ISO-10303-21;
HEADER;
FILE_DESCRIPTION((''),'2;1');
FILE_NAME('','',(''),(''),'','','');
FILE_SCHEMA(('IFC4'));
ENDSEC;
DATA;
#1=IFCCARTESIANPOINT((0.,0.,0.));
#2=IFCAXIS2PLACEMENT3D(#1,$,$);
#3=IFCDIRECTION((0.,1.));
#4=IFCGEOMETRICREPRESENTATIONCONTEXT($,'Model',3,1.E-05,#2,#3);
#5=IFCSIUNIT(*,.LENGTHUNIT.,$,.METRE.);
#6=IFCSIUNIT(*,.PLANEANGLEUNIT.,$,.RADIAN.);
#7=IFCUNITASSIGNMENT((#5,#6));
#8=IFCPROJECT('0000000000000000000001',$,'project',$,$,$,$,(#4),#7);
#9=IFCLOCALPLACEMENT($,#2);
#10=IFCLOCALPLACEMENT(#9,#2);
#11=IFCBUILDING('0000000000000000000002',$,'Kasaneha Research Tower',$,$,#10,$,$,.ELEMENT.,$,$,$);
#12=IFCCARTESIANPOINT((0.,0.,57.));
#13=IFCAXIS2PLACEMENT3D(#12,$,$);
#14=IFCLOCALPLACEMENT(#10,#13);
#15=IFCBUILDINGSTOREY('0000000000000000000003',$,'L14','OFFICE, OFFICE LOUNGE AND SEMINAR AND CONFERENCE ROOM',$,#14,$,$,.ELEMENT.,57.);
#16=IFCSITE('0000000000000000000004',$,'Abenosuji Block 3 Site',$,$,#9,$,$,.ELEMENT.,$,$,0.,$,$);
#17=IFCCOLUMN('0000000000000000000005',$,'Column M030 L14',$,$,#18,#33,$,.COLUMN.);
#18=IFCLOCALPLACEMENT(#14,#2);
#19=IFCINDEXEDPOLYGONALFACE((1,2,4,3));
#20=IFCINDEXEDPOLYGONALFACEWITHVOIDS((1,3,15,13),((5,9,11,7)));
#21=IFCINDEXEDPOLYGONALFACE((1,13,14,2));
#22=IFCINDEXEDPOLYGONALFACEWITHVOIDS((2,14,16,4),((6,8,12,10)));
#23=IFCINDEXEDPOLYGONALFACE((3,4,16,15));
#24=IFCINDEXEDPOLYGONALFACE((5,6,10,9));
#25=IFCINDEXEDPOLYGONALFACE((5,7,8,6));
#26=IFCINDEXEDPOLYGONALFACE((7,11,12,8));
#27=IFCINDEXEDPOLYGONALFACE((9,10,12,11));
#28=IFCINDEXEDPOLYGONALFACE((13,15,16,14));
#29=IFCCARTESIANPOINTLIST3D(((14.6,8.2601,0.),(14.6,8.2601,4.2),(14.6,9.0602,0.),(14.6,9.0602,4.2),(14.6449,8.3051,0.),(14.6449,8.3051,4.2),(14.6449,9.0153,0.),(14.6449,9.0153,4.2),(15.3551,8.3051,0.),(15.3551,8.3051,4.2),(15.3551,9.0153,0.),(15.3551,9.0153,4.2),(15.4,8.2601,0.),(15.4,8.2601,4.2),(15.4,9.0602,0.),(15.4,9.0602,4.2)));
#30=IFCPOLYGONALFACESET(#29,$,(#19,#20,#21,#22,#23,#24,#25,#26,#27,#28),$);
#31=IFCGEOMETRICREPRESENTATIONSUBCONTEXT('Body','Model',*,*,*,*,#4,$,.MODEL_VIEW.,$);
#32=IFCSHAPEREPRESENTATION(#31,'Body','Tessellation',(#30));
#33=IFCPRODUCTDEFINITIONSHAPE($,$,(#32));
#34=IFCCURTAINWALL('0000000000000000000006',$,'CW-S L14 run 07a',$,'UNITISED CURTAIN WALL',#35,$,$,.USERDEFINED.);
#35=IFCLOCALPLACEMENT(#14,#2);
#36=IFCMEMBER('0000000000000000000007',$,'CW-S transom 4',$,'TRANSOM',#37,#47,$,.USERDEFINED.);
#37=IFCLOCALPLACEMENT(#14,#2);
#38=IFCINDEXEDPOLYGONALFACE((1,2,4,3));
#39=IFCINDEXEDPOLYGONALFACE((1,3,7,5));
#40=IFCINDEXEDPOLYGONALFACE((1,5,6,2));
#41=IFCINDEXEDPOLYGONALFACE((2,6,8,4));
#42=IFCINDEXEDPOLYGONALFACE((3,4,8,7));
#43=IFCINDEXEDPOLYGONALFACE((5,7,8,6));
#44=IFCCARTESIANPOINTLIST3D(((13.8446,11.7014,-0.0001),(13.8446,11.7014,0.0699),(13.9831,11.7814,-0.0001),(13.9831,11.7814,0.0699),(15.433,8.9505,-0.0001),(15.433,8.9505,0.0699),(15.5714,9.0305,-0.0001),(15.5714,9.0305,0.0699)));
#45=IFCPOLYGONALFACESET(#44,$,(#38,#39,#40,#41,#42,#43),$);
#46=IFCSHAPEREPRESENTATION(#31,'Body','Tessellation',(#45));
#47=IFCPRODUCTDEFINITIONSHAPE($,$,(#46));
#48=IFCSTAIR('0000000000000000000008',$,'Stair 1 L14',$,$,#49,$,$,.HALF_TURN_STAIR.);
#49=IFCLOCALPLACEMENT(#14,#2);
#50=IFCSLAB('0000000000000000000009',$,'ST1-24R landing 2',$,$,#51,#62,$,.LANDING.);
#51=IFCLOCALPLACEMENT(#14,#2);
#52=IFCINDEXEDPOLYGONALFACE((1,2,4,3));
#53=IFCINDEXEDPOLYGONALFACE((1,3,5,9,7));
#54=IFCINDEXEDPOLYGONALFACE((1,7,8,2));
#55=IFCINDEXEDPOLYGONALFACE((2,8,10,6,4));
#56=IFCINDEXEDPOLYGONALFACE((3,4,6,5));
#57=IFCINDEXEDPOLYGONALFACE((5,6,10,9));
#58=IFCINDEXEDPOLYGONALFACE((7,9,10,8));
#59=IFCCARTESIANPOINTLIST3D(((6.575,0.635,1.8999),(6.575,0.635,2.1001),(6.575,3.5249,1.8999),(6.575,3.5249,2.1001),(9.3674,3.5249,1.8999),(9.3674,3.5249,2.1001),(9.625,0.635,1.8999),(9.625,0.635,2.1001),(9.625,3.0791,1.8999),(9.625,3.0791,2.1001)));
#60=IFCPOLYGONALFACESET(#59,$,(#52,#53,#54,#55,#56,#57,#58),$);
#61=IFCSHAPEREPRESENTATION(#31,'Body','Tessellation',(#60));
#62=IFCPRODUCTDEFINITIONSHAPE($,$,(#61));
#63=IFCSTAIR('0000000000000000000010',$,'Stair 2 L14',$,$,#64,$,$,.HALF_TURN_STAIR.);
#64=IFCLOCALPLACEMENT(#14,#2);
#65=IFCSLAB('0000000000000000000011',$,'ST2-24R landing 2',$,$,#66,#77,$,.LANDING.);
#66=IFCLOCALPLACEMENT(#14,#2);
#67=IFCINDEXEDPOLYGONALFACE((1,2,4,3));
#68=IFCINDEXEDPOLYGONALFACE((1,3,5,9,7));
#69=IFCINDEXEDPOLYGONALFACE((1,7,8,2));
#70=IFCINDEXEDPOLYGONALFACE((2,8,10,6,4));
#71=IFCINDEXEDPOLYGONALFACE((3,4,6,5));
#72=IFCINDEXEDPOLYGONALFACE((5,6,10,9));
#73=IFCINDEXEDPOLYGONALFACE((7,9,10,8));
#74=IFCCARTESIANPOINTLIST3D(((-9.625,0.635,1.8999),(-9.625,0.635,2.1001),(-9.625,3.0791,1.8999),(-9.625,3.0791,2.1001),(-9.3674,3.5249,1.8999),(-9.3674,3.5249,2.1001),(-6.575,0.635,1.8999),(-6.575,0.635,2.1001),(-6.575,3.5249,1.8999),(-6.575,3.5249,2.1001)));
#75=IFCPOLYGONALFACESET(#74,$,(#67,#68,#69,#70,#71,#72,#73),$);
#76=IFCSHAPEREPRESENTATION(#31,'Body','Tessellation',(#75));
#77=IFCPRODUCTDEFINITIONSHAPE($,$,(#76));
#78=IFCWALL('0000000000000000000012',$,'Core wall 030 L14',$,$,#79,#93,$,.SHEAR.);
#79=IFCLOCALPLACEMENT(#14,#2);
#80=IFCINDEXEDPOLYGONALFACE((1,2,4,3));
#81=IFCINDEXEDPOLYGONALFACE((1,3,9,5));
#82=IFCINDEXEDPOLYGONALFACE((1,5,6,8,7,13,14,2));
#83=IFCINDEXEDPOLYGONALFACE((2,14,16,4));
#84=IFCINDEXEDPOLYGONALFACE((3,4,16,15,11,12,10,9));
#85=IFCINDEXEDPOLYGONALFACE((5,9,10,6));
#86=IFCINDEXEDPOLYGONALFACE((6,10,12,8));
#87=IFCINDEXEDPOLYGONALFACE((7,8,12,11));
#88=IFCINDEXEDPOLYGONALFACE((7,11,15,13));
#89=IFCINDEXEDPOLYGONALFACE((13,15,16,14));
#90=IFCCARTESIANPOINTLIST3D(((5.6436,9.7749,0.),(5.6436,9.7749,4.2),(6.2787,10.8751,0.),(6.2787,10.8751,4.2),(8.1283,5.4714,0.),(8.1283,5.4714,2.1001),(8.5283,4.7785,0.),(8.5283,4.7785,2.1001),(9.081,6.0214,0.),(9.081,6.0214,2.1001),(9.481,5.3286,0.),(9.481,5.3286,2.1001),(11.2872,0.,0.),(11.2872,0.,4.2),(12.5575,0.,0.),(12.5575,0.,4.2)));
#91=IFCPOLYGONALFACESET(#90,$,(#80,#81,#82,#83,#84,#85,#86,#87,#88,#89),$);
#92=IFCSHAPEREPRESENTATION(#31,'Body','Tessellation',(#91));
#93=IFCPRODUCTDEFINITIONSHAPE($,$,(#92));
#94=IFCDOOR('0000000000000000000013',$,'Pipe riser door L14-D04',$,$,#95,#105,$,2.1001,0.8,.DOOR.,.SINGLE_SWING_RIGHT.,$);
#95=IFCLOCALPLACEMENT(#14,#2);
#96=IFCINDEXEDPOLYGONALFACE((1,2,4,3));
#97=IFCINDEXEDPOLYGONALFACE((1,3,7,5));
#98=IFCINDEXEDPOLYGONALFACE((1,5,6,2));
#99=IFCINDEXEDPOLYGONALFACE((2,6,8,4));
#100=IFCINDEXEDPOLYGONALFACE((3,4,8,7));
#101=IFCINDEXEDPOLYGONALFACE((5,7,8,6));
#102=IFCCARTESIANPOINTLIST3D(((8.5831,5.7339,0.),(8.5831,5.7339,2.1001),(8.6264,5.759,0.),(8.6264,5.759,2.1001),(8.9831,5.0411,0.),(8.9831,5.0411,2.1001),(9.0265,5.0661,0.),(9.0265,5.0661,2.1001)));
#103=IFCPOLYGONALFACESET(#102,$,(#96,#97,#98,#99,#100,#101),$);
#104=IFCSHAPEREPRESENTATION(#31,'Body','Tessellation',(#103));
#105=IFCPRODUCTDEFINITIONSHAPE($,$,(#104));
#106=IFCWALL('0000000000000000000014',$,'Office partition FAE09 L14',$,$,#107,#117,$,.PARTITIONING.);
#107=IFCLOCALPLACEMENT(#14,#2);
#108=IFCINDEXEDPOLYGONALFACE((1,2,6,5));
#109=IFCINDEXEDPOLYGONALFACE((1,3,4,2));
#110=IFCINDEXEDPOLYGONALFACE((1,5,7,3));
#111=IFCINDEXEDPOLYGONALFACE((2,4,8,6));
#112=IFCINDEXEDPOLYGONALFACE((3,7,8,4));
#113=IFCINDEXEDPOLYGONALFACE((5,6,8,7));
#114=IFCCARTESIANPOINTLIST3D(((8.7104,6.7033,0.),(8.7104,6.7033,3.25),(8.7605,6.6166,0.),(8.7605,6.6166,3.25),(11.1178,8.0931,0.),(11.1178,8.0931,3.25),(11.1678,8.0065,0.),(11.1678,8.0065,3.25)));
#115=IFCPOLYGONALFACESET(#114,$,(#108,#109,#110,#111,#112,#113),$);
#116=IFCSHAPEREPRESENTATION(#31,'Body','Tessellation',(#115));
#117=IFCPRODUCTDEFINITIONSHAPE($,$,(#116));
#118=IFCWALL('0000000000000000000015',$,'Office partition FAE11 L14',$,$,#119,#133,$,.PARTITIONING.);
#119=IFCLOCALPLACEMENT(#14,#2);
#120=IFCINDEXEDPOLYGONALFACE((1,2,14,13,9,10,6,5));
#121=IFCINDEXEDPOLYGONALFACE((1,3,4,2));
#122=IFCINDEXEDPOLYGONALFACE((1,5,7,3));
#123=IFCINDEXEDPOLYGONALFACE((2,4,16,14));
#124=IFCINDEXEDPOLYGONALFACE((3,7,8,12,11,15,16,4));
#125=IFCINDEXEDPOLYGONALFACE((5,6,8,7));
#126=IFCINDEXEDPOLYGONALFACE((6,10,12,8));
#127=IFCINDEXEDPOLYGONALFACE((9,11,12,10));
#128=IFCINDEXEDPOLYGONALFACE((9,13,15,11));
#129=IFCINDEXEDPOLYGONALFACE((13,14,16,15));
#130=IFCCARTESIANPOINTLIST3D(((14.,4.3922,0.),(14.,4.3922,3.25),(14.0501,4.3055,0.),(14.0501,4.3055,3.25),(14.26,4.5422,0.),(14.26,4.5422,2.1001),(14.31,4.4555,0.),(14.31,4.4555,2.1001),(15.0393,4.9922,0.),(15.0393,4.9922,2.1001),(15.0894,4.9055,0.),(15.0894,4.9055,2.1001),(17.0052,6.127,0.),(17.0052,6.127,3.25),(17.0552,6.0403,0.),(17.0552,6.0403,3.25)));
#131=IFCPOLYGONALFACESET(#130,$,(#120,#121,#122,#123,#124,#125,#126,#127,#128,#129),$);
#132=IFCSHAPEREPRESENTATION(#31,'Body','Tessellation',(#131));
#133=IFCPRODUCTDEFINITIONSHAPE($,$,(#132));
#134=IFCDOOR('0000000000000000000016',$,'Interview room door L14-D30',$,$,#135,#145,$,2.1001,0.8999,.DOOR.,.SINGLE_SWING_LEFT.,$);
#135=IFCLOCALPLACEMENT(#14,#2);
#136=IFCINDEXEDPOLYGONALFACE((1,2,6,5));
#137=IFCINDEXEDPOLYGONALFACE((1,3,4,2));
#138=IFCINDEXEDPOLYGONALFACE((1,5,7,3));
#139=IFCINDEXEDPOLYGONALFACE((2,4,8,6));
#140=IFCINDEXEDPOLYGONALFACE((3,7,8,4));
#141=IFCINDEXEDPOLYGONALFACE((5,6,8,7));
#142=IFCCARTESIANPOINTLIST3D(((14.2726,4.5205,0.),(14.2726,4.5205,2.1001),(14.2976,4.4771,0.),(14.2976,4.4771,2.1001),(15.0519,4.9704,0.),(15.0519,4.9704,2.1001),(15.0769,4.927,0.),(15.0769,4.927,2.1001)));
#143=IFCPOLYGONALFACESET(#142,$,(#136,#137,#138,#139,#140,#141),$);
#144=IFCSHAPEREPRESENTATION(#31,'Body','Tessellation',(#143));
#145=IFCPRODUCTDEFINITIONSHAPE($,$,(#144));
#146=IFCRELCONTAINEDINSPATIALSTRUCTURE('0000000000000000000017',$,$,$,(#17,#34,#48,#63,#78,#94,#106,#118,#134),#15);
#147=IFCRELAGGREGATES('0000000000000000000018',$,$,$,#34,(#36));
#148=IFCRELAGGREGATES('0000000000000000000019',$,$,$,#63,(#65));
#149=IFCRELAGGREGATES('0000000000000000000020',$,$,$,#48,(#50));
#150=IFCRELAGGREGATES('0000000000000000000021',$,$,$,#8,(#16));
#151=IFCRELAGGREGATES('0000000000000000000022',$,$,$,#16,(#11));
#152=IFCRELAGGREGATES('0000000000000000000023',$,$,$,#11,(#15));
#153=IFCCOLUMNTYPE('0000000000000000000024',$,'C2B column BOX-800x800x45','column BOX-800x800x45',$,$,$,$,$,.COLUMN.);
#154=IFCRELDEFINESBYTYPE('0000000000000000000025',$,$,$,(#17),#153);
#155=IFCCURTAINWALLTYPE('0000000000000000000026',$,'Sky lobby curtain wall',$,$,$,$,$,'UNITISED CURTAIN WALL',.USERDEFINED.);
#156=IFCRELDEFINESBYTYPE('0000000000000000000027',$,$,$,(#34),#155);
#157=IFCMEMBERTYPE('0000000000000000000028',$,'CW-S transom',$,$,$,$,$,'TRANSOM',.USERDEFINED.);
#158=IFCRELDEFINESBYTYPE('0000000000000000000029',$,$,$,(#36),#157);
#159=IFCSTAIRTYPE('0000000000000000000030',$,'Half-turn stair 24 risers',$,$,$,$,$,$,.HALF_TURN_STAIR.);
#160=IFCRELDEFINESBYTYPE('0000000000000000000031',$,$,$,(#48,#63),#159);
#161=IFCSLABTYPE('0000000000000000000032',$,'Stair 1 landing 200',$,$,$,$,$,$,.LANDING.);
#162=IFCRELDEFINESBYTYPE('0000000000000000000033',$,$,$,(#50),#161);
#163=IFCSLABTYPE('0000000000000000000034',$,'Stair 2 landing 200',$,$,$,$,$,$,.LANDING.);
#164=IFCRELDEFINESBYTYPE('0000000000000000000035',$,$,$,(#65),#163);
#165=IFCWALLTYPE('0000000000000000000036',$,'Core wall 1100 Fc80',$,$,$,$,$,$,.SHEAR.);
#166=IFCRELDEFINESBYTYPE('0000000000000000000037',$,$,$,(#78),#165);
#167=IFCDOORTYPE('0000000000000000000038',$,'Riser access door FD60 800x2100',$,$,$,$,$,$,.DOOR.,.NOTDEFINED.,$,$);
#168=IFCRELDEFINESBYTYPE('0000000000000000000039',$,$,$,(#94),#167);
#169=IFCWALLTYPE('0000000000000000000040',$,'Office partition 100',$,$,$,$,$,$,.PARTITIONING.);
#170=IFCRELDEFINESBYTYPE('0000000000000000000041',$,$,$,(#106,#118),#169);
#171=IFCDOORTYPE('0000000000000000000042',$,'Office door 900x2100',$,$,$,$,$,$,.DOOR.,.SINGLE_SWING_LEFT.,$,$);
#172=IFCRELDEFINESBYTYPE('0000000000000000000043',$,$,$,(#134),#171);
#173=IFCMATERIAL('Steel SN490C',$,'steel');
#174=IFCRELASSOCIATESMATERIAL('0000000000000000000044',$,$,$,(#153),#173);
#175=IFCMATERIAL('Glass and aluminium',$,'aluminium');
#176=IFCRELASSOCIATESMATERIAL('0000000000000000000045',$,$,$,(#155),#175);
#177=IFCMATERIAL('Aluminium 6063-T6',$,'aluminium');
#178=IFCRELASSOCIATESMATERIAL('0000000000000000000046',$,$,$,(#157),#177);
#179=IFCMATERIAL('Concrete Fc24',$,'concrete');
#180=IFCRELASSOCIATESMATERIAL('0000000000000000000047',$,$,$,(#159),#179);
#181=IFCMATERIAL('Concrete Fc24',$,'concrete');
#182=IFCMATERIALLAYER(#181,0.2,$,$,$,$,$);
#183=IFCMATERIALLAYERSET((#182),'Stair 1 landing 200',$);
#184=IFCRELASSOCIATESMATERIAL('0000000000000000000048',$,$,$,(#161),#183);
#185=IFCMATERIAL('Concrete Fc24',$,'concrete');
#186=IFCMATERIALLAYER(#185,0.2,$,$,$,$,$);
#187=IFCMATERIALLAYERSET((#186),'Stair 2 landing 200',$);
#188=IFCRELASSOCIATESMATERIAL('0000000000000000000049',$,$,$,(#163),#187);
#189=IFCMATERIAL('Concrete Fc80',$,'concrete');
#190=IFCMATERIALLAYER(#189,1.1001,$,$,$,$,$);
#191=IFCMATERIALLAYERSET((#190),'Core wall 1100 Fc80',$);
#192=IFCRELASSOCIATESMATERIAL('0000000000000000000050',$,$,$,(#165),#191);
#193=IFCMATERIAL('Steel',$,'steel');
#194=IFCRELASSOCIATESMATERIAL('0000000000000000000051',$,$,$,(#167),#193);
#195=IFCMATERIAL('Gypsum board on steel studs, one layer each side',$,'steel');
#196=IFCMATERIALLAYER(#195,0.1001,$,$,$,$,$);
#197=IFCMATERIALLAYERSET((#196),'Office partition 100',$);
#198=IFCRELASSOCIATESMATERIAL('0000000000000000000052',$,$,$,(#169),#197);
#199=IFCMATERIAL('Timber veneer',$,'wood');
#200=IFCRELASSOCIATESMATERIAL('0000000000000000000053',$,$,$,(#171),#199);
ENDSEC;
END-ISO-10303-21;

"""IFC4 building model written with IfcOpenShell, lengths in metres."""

from ifc_helpers import new_model, si_unit, direction, frame, frame_2d, origin, origin_2d, place, context, subcontext, project, spatial, polyline, rectangle, hollow_rectangle, outline, extrude, material, layer, layer_set, material_profile, profile_set, type_object, element, fill, aggregate, save


model = new_model("IFC4")

# Units and contexts
model_context = context("Model", 3, precision=1e-05, world=origin(), true_north=direction((0.0, 1.0)))
body_context = subcontext(model_context, "Body", "Model", "MODEL_VIEW")
ifc_project = project(units=[si_unit("LENGTHUNIT", "METRE"), si_unit("PLANEANGLEUNIT", "RADIAN")], contexts=[model_context])

# Site, building, storey
site_placement = place(None, origin())
site = spatial("IfcSite", under=ifc_project, at=site_placement, Name="Abenosuji Block 3 Site", CompositionType="ELEMENT", RefElevation=0.0)
building_placement = place(site_placement, origin())
building = spatial("IfcBuilding", under=site, at=building_placement, Name="Kasaneha Research Tower", CompositionType="ELEMENT")
storey_placement = place(building_placement, frame((0.0, 0.0, 57.0)))
storey = spatial("IfcBuildingStorey", under=building, at=storey_placement, Name="L14", Description="OFFICE, OFFICE LOUNGE AND SEMINAR AND CONFERENCE ROOM", CompositionType="ELEMENT", Elevation=57.0)

# Column
ifc_material_1 = material(Name="Steel SN490C", Category="steel")
ifc_material_profile_1 = material_profile(ifc_material_1, hollow_rectangle(XDim=0.8, YDim=0.8, WallThickness=0.0449, at=origin_2d()), Name="BOX-800x800x45")
ifc_profile_set_1 = profile_set([ifc_material_profile_1], Name="Steel SN490C")
column_type = type_object("IfcColumnType", Name="C2B column BOX-800x800x45", Description="column BOX-800x800x45", PredefinedType="COLUMN", material=ifc_profile_set_1)
column_placement = place(storey_placement, frame((15.0, 8.6602, 0.0), z_axis=(0.0, 0.0, 1.0), x_axis=(1.0, 0.0, 0.0)))
element("IfcColumn", 1, at=column_placement, inside=storey, type_object=column_type, Name="Column M030 L14", PredefinedType="COLUMN", context=body_context, shape_type="SweptSolid", body=[
    extrude(hollow_rectangle(XDim=0.8, YDim=0.8, WallThickness=0.0449, at=origin_2d()), origin(), (0.0, 0.0, 1.0), 4.2),
])

# Curtain wall, member
ifc_material_2 = material(Name="Glass and aluminium", Category="aluminium")
curtain_wall_type = type_object("IfcCurtainWallType", Name="Sky lobby curtain wall", ElementType="UNITISED CURTAIN WALL", PredefinedType="USERDEFINED", material=ifc_material_2)
curtain_wall_placement = place(storey_placement, origin())
curtain_wall = element("IfcCurtainWall", 2, at=curtain_wall_placement, inside=storey, type_object=curtain_wall_type, Name="CW-S L14 run 07a", ObjectType="UNITISED CURTAIN WALL", PredefinedType="USERDEFINED")
ifc_material_3 = material(Name="Aluminium 6063-T6", Category="aluminium")
ifc_material_profile_2 = material_profile(ifc_material_3, rectangle(XDim=0.1599, YDim=0.0701, at=origin_2d()), Name="CW-S transom 160x70")
ifc_profile_set_2 = profile_set([ifc_material_profile_2], Name="Aluminium 6063-T6")
member_type = type_object("IfcMemberType", Name="CW-S transom", ElementType="TRANSOM", PredefinedType="USERDEFINED", material=ifc_profile_set_2)
member_placement = place(storey_placement, frame((15.5022, 8.9905, 0.0349), z_axis=(-0.500024, 0.866012, 0.0), x_axis=(-0.866012, -0.500024, 0.0)))
member = element("IfcMember", 3, at=member_placement, type_object=member_type, Name="CW-S transom 4", ObjectType="TRANSOM", PredefinedType="USERDEFINED", context=body_context, shape_type="SweptSolid", body=[
    extrude(rectangle(XDim=0.1599, YDim=0.0701, at=origin_2d()), origin(), (0.0, 0.0, 1.0), 3.1765),
])
aggregate(curtain_wall, [member])

# Stairs, slabs
ifc_material_4 = material(Name="Concrete Fc24", Category="concrete")
stair_type = type_object("IfcStairType", Name="Half-turn stair 24 risers", PredefinedType="HALF_TURN_STAIR", material=ifc_material_4)
stair_1_placement = place(storey_placement, origin())
stair_1 = element("IfcStair", 4, at=stair_1_placement, inside=storey, type_object=stair_type, Name="Stair 1 L14", PredefinedType="HALF_TURN_STAIR")
ifc_material_5 = material(Name="Concrete Fc24", Category="concrete")
ifc_layer_1 = layer(ifc_material_5, 0.2)
ifc_layer_set_1 = layer_set([ifc_layer_1], Name="Stair 1 landing 200")
slab_type_1 = type_object("IfcSlabType", Name="Stair 1 landing 200", PredefinedType="LANDING", material=ifc_layer_set_1)
slab_1_placement = place(storey_placement, frame((0.0, 0.0, 1.8999)))
slab_1 = element("IfcSlab", 5, at=slab_1_placement, type_object=slab_type_1, Name="ST1-24R landing 2", PredefinedType="LANDING", context=body_context, shape_type="SweptSolid", body=[
    extrude(outline(polyline([(6.575, 3.5249), (9.3674, 3.5249), (9.625, 3.0791), (9.625, 0.635), (6.575, 0.635), (6.575, 3.5249)])), origin(), (0.0, 0.0, 1.0), 0.2002),
])
stair_2_placement = place(storey_placement, origin())
stair_2 = element("IfcStair", 6, at=stair_2_placement, inside=storey, type_object=stair_type, Name="Stair 2 L14", PredefinedType="HALF_TURN_STAIR")
ifc_material_6 = material(Name="Concrete Fc24", Category="concrete")
ifc_layer_2 = layer(ifc_material_6, 0.2)
ifc_layer_set_2 = layer_set([ifc_layer_2], Name="Stair 2 landing 200")
slab_type_2 = type_object("IfcSlabType", Name="Stair 2 landing 200", PredefinedType="LANDING", material=ifc_layer_set_2)
slab_2_placement = place(storey_placement, frame((0.0, 0.0, 1.8999)))
slab_2 = element("IfcSlab", 7, at=slab_2_placement, type_object=slab_type_2, Name="ST2-24R landing 2", PredefinedType="LANDING", context=body_context, shape_type="SweptSolid", body=[
    extrude(outline(polyline([(-6.575, 0.635), (-9.625, 0.635), (-9.625, 3.0791), (-9.3674, 3.5249), (-6.575, 3.5249), (-6.575, 0.635)])), origin(), (0.0, 0.0, 1.0), 0.2002),
])
aggregate(stair_2, [slab_2])

# Wall, opening, door
ifc_material_7 = material(Name="Concrete Fc80", Category="concrete")
ifc_layer_3 = layer(ifc_material_7, 1.1001)
ifc_layer_set_3 = layer_set([ifc_layer_3], Name="Core wall 1100 Fc80")
wall_type_1 = type_object("IfcWallType", Name="Core wall 1100 Fc80", PredefinedType="SHEAR", material=ifc_layer_set_3)
wall_1_placement = place(storey_placement, frame((11.9224, 0.0, 0.0), z_axis=(0.0, 0.0, 1.0), x_axis=(-0.500004, 0.866023, 0.0)))
wall_1 = element("IfcWall", 8, at=wall_1_placement, inside=storey, type_object=wall_type_1, Name="Core wall 030 L14", PredefinedType="SHEAR", context=body_context, shape_type="SweptSolid", body=[
    extrude(outline(polyline([(-0.3176, -0.55), (5.8354, -0.55), (6.6355, -0.55), (12.24, -0.55), (11.6047, 0.55), (6.6355, 0.55), (5.8354, 0.55), (0.3176, 0.55), (-0.3176, -0.55)])), origin(), (0.0, 0.0, 1.0), 4.2),
])
opening_1_placement = place(wall_1_placement, frame((5.8354, 0.0, 0.0)))
opening_1 = element("IfcOpeningElement", 9, at=opening_1_placement, cuts=wall_1, PredefinedType="OPENING", context=body_context, shape_type="SweptSolid", body=[
    extrude(rectangle(XDim=0.8, YDim=2.1001, at=frame_2d((0.3999, 1.05))), frame((0.0, 0.5601, 0.0), z_axis=(0.0, -1.0, 0.0), x_axis=(1.0, 0.0, 0.0)), (0.0, 0.0, 1.0), 1.1201),
])
ifc_material_8 = material(Name="Steel", Category="steel")
door_type_1 = type_object("IfcDoorType", Name="Riser access door FD60 800x2100", OperationType="NOTDEFINED", PredefinedType="DOOR", material=ifc_material_8)
door_1_placement = place(opening_1_placement, origin())
door_1 = element("IfcDoor", 10, at=door_1_placement, inside=storey, type_object=door_type_1, Name="Pipe riser door L14-D04", OperationType="SINGLE_SWING_RIGHT", OverallHeight=2.1001, OverallWidth=0.8, PredefinedType="DOOR", context=body_context, shape_type="SweptSolid", body=[
    extrude(rectangle(XDim=0.8, YDim=2.1001, at=frame_2d((0.3999, 1.05))), frame((0.0, 0.0249, 0.0), z_axis=(0.0, -1.0, 0.0), x_axis=(1.0, 0.0, 0.0)), (0.0, 0.0, 1.0), 0.05),
])
fill(opening_1, door_1)

# Wall
ifc_material_9 = material(Name="Gypsum board on steel studs, one layer each side", Category="steel")
ifc_layer_4 = layer(ifc_material_9, 0.1001)
ifc_layer_set_4 = layer_set([ifc_layer_4], Name="Office partition 100")
wall_type_2 = type_object("IfcWallType", Name="Office partition 100", PredefinedType="PARTITIONING", material=ifc_layer_set_4)
wall_2_placement = place(storey_placement, frame((11.1428, 8.0498, 0.0), z_axis=(0.0, 0.0, 1.0), x_axis=(-0.866035, -0.499983, 0.0)))
element("IfcWall", 11, at=wall_2_placement, inside=storey, type_object=wall_type_2, Name="Office partition FAE09 L14", PredefinedType="PARTITIONING", context=body_context, shape_type="SweptSolid", body=[
    extrude(rectangle(XDim=2.7798, YDim=0.1001, at=frame_2d((1.3899, 0.0))), origin(), (0.0, 0.0, 1.0), 3.25),
])

# Wall, opening, door
wall_3_placement = place(storey_placement, frame((14.0251, 4.3489, 0.0), z_axis=(0.0, 0.0, 1.0), x_axis=(0.866044, 0.499968, 0.0)))
wall_3 = element("IfcWall", 12, at=wall_3_placement, inside=storey, type_object=wall_type_2, Name="Office partition FAE11 L14", PredefinedType="PARTITIONING", context=body_context, shape_type="SweptSolid", body=[
    extrude(rectangle(XDim=3.47, YDim=0.1001, at=frame_2d((1.7349, 0.0))), origin(), (0.0, 0.0, 1.0), 3.25),
])
opening_2_placement = place(wall_3_placement, frame((0.3, 0.0, 0.0)))
opening_2 = element("IfcOpeningElement", 13, at=opening_2_placement, cuts=wall_3, PredefinedType="OPENING", context=body_context, shape_type="SweptSolid", body=[
    extrude(rectangle(XDim=0.8999, YDim=2.1001, at=frame_2d((0.45, 1.05))), frame((0.0, 0.0601, 0.0), z_axis=(0.0, -1.0, 0.0), x_axis=(1.0, 0.0, 0.0)), (0.0, 0.0, 1.0), 0.1201),
])
ifc_material_10 = material(Name="Timber veneer", Category="wood")
door_type_2 = type_object("IfcDoorType", Name="Office door 900x2100", OperationType="SINGLE_SWING_LEFT", PredefinedType="DOOR", material=ifc_material_10)
door_2_placement = place(opening_2_placement, origin())
door_2 = element("IfcDoor", 14, at=door_2_placement, inside=storey, type_object=door_type_2, Name="Interview room door L14-D30", OperationType="SINGLE_SWING_LEFT", OverallHeight=2.1001, OverallWidth=0.8999, PredefinedType="DOOR", context=body_context, shape_type="SweptSolid", body=[
    extrude(rectangle(XDim=0.8999, YDim=2.1001, at=frame_2d((0.45, 1.05))), frame((0.0, 0.0249, 0.0), z_axis=(0.0, -1.0, 0.0), x_axis=(1.0, 0.0, 0.0)), (0.0, 0.0, 1.0), 0.05),
])
fill(opening_2, door_2)

aggregate(stair_1, [slab_1])

save(model, "model.ifc")
